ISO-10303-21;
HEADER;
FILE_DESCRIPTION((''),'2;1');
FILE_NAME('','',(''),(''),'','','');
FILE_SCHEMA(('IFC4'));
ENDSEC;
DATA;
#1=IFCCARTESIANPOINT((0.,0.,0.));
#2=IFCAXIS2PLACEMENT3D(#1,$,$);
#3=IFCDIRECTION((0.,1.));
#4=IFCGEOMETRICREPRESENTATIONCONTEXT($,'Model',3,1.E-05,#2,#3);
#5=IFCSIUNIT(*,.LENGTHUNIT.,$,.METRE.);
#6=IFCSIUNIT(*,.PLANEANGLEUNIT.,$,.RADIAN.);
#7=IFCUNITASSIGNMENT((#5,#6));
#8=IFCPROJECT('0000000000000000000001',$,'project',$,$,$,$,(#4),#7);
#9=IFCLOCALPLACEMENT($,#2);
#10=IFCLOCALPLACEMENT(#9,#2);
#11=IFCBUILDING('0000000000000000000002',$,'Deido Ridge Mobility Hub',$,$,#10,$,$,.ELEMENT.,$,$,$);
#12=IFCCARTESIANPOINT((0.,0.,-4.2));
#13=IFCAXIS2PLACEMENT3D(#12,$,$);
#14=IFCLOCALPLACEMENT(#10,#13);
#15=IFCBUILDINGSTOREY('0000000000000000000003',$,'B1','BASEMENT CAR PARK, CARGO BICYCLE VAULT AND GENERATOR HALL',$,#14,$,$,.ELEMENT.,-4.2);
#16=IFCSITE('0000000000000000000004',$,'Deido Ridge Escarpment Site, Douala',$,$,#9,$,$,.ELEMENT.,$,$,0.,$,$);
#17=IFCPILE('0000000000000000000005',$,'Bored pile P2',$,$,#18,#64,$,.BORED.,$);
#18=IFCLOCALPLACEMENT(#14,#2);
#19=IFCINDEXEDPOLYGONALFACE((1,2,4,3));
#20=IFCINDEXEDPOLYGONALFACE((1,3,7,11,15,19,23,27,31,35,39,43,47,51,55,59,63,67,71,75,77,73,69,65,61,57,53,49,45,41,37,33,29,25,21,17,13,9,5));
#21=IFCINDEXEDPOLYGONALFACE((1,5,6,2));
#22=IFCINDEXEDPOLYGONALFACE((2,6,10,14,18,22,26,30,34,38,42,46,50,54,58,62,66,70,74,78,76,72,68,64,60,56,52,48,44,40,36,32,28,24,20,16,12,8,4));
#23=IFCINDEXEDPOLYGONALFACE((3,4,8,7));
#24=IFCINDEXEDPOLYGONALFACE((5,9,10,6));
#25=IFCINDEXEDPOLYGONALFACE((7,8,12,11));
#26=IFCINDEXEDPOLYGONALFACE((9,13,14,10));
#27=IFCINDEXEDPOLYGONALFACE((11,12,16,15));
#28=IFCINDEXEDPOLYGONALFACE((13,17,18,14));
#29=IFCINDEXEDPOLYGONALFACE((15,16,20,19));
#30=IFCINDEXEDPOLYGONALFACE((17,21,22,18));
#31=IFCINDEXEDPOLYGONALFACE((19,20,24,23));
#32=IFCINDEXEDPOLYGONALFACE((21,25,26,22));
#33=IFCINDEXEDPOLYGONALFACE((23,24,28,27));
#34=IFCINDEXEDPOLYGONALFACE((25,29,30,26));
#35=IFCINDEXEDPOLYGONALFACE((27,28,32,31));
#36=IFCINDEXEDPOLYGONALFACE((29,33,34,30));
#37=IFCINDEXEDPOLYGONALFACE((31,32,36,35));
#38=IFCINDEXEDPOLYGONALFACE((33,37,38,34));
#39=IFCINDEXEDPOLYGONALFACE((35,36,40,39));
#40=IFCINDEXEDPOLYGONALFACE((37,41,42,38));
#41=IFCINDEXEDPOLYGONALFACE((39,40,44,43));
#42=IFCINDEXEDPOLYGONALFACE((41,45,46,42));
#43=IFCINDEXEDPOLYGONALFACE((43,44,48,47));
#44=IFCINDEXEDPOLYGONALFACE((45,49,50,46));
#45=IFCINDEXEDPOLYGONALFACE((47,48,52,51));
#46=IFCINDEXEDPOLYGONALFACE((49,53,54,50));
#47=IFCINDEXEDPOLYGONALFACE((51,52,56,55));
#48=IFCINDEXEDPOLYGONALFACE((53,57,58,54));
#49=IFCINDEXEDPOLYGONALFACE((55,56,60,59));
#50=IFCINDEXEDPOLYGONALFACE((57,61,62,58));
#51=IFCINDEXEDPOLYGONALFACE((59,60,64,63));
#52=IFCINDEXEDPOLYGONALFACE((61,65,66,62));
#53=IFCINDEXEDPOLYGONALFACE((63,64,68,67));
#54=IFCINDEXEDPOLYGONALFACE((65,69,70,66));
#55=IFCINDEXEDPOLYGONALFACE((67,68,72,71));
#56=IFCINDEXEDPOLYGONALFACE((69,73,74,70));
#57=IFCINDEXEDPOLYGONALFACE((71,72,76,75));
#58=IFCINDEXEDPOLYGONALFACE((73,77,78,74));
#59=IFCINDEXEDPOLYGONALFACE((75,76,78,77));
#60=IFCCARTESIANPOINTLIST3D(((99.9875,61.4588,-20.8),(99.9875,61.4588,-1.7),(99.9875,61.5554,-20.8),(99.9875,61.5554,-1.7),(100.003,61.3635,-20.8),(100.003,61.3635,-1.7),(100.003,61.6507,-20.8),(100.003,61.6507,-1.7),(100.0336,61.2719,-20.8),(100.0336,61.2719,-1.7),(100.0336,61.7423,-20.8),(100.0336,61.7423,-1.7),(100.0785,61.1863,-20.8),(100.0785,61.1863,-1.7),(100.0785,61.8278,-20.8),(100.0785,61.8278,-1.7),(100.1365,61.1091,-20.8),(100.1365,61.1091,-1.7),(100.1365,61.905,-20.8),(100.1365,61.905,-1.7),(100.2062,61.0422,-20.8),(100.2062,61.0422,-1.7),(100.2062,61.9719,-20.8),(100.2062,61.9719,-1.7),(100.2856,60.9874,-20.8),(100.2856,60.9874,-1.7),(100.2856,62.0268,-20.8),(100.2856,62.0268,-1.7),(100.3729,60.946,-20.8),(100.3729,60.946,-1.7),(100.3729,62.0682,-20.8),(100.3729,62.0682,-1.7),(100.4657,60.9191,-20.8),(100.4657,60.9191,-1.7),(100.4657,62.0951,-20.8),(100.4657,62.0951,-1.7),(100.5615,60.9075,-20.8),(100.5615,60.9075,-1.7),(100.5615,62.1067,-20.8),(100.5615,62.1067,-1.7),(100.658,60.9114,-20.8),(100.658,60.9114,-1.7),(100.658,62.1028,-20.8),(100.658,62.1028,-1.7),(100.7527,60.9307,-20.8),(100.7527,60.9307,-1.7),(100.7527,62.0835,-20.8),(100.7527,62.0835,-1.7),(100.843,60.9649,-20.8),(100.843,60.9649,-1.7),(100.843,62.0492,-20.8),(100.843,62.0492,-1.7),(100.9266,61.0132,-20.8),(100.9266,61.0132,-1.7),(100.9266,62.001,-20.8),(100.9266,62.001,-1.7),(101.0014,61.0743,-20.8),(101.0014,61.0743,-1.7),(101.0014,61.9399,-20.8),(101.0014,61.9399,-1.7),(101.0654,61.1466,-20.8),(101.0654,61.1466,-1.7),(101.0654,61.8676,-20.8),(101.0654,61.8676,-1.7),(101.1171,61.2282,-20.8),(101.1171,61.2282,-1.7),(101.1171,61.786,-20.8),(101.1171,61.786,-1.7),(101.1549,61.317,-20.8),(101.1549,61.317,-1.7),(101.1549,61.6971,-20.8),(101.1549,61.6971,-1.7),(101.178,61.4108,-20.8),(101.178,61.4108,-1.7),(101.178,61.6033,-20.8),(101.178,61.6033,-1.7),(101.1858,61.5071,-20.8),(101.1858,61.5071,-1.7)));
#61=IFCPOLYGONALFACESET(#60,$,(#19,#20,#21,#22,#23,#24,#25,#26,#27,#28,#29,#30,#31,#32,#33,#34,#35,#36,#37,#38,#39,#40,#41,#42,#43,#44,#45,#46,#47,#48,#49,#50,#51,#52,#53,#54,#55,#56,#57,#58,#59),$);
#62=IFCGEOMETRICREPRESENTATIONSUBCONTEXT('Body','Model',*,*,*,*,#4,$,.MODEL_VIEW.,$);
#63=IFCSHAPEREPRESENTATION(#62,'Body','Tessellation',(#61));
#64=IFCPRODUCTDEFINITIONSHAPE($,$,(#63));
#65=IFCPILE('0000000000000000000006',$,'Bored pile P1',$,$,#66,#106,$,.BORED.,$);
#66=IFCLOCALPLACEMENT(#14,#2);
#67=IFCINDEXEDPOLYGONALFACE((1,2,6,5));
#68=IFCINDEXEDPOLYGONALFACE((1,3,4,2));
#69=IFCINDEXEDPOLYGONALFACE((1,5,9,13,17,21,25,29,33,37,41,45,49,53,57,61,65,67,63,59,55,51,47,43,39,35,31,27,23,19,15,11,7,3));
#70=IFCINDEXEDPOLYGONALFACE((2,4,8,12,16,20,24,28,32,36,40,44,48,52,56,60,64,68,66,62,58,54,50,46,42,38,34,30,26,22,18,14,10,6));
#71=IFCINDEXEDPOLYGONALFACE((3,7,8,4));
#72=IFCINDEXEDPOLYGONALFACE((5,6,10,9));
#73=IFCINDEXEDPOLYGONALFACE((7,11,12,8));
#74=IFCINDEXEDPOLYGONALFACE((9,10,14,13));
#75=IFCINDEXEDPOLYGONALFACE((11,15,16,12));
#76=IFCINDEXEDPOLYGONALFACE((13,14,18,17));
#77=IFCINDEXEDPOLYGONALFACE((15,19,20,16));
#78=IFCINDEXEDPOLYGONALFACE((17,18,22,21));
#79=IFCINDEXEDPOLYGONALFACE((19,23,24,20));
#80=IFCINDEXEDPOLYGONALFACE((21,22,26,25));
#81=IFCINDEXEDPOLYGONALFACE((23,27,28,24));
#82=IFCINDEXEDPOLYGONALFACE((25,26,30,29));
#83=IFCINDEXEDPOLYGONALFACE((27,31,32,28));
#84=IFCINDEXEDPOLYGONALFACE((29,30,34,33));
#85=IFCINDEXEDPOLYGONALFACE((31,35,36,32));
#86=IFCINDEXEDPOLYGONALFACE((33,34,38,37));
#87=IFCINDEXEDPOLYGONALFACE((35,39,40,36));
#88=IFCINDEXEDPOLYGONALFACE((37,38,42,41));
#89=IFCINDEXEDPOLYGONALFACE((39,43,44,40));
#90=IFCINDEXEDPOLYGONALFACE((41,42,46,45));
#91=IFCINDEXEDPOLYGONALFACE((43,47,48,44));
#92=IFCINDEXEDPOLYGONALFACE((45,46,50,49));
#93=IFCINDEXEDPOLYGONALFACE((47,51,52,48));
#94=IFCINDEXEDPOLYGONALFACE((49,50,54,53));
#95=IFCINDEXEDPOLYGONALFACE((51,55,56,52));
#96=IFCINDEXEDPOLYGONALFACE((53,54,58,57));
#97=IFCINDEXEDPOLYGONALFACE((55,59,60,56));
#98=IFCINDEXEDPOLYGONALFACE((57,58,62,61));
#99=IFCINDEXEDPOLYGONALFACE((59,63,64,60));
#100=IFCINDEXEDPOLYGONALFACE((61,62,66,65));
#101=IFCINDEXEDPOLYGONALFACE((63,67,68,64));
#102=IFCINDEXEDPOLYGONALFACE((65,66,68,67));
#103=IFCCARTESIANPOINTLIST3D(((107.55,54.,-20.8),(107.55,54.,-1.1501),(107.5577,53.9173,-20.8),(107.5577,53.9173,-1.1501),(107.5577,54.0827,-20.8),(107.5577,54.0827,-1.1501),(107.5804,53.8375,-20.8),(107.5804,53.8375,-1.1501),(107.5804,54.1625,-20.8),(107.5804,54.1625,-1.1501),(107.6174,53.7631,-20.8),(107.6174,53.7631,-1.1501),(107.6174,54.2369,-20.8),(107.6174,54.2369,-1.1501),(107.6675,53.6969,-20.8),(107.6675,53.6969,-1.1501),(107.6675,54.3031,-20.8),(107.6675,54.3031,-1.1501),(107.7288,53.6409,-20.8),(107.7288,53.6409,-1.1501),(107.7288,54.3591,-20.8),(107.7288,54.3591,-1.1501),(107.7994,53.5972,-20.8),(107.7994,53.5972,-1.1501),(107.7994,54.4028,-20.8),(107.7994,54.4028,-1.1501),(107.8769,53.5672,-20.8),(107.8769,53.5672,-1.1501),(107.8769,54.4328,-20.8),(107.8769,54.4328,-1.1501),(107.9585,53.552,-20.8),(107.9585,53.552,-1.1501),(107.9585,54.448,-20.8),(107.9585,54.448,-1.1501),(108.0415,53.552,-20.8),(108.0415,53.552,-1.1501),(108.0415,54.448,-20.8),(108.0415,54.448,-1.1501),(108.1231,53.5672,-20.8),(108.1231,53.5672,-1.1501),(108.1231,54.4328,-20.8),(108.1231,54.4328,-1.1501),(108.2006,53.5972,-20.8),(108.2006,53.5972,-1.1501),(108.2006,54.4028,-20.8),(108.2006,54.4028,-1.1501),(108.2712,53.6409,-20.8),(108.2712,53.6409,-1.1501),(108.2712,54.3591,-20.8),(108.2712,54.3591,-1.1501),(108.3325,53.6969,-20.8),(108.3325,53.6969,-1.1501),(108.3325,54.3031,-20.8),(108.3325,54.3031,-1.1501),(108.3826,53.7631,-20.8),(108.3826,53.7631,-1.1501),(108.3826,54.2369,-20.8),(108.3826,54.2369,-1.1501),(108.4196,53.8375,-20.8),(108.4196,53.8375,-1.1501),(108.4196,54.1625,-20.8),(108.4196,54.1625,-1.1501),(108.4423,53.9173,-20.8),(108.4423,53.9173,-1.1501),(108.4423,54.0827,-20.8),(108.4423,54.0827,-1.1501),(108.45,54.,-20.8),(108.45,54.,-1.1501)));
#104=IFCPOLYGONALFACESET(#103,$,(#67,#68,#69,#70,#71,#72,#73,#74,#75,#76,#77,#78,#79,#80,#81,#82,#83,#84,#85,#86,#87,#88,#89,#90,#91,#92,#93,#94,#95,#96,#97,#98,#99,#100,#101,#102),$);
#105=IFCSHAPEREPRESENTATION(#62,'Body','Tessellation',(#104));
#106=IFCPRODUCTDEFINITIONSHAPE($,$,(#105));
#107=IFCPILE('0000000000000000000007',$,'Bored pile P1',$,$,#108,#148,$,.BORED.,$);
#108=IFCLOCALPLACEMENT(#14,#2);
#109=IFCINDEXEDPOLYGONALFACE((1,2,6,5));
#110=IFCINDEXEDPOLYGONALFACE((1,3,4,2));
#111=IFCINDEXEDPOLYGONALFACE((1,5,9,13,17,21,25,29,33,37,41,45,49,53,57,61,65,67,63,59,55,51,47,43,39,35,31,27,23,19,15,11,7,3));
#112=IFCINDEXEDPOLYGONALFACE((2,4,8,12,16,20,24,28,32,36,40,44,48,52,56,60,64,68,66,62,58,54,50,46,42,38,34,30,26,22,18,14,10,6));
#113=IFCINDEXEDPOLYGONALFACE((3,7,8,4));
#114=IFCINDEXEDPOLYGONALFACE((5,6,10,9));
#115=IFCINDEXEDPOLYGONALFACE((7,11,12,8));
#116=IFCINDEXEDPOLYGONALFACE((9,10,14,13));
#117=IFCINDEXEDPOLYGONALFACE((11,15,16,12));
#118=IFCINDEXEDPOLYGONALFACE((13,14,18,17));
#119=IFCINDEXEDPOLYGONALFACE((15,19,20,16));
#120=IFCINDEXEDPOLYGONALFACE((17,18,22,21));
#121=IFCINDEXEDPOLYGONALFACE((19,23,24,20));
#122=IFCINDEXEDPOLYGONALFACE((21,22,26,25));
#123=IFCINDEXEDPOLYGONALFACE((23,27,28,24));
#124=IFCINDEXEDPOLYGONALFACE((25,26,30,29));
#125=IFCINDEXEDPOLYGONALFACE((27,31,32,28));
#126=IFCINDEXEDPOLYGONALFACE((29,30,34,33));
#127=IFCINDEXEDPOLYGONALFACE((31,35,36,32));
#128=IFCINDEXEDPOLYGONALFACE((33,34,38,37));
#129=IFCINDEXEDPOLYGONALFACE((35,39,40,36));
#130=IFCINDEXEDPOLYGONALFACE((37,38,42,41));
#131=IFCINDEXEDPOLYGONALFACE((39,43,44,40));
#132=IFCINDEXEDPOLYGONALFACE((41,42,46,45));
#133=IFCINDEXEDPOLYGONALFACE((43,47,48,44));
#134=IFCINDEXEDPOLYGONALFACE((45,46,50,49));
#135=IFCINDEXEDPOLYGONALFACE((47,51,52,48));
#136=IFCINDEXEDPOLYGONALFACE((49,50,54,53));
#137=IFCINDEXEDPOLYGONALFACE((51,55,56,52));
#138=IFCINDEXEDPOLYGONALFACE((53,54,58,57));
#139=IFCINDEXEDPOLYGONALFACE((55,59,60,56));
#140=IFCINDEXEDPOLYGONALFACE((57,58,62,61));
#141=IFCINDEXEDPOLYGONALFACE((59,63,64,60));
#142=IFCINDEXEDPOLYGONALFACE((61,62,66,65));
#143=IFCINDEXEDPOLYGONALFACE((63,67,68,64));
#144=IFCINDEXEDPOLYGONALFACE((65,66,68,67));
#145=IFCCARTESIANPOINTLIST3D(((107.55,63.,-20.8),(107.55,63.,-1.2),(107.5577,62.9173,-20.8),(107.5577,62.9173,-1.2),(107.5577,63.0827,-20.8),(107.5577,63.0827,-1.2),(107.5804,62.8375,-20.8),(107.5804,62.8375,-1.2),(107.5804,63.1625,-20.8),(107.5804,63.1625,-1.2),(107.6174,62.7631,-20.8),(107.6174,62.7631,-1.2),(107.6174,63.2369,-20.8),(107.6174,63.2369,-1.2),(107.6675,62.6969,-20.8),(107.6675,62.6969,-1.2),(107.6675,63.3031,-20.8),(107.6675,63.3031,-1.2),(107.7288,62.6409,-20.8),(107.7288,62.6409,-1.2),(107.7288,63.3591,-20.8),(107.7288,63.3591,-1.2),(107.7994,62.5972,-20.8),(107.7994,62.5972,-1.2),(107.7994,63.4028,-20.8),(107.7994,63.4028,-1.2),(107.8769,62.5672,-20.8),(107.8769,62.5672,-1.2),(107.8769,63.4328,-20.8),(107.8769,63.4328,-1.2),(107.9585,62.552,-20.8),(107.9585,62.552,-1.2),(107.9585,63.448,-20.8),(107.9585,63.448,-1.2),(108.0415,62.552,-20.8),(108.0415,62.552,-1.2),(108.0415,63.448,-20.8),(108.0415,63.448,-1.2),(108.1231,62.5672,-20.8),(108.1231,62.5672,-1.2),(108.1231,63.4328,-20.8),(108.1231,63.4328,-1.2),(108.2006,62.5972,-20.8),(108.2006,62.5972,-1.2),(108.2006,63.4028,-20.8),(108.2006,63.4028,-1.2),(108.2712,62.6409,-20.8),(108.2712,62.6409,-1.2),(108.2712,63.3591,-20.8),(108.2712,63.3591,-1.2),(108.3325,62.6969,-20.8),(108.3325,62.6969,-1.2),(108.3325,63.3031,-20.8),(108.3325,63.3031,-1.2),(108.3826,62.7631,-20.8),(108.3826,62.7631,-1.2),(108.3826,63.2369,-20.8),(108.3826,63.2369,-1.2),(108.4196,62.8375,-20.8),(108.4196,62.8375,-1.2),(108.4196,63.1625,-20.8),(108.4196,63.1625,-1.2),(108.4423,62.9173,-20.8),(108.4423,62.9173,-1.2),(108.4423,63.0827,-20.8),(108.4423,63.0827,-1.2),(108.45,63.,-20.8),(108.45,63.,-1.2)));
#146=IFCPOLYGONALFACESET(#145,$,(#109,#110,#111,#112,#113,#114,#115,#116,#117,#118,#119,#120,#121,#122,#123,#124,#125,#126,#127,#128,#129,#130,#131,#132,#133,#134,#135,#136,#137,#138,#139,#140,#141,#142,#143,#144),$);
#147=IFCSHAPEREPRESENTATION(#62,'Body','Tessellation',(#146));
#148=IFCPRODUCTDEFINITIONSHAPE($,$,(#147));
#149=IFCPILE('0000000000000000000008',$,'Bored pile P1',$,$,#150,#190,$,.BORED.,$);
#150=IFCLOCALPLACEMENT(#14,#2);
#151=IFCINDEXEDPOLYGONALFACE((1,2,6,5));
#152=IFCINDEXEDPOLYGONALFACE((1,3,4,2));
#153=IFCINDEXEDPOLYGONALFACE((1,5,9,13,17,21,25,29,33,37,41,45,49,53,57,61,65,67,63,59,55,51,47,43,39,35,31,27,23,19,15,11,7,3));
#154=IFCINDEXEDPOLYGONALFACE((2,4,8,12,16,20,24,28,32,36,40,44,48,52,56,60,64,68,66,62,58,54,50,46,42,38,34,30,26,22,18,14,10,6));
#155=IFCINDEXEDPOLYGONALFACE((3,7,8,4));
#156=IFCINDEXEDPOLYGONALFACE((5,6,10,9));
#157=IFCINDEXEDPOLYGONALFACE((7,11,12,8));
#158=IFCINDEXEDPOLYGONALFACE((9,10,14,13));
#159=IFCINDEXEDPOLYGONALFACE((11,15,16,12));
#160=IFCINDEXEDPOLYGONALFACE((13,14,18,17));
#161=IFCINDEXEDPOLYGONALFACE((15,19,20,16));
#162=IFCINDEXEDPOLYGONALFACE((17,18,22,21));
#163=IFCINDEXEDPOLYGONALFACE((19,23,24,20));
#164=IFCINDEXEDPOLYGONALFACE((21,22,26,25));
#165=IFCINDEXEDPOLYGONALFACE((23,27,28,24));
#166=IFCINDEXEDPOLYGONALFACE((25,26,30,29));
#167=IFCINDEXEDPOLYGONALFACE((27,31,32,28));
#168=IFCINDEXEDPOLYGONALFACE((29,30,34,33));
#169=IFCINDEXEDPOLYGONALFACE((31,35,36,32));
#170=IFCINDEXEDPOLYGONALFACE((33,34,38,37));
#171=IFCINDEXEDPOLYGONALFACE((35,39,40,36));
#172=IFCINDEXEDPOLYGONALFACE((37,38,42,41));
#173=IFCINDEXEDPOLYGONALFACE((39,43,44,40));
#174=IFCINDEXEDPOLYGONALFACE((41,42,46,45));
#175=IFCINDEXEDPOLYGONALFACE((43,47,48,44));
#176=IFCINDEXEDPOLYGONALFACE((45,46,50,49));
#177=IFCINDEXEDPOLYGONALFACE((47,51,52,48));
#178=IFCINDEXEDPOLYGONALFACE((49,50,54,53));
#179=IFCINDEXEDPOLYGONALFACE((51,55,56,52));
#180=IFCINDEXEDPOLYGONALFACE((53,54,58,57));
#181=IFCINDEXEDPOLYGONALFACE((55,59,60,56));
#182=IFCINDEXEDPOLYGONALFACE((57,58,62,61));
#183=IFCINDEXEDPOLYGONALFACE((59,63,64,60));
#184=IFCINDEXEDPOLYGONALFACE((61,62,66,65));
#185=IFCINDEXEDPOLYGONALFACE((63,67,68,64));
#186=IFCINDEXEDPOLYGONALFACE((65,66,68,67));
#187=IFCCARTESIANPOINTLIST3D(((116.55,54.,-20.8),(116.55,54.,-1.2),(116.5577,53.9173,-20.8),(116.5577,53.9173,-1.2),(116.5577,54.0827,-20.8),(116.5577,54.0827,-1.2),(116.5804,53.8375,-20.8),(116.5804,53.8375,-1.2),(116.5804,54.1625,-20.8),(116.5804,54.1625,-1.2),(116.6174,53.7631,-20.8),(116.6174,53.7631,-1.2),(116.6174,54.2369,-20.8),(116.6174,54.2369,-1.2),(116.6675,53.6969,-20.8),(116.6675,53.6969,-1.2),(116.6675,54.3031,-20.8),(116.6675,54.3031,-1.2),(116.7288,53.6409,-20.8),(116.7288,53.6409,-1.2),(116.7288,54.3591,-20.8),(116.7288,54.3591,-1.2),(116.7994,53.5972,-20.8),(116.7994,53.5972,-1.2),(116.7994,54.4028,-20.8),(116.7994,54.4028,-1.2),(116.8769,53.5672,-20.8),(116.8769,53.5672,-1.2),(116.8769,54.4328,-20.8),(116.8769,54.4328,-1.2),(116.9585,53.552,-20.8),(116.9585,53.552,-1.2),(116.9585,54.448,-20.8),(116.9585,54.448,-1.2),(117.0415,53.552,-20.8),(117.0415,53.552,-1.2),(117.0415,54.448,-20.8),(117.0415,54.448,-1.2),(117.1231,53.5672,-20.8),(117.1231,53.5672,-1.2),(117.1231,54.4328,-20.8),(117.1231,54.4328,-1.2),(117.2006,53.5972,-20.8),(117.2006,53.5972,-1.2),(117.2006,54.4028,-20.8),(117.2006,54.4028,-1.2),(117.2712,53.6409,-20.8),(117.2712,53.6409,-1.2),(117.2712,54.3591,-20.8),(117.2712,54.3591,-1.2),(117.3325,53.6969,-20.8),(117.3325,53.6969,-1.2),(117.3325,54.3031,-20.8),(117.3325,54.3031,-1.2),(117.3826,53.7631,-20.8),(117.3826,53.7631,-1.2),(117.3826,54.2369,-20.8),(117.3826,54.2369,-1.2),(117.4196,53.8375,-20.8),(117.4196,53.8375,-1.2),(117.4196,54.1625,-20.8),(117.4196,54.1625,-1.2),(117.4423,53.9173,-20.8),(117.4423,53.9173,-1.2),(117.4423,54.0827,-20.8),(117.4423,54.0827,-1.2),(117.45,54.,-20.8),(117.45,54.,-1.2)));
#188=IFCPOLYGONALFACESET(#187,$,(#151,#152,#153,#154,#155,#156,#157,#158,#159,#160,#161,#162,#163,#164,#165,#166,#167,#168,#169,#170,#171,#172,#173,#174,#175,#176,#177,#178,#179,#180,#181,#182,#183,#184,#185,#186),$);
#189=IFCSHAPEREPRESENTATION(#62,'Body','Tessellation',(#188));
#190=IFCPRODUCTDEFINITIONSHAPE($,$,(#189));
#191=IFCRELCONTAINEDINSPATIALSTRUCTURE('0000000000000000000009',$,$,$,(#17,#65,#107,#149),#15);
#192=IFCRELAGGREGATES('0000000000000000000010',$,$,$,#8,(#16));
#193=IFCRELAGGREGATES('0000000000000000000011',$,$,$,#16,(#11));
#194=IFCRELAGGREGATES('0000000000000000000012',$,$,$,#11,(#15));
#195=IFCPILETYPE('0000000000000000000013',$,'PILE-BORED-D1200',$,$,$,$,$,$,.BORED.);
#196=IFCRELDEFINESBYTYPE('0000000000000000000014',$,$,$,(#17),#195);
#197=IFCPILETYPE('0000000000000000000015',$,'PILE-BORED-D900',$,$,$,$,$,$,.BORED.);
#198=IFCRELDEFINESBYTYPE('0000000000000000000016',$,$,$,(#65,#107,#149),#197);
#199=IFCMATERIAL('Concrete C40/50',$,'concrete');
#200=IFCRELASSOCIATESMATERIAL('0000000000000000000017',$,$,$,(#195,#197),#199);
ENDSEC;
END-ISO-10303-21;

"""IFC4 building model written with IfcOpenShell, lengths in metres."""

from ifc_helpers import new_model, si_unit, direction, frame, origin, origin_2d, place, context, subcontext, project, spatial, circle, extrude, material, material_profile, profile_set, type_object, element, save


model = new_model("IFC4")

# Units and contexts
model_context = context("Model", 3, precision=1e-05, world=origin(), true_north=direction((0.0, 1.0)))
body_context = subcontext(model_context, "Body", "Model", "MODEL_VIEW")
ifc_project = project(units=[si_unit("LENGTHUNIT", "METRE"), si_unit("PLANEANGLEUNIT", "RADIAN")], contexts=[model_context])

# Site, building, storey
site_placement = place(None, origin())
site = spatial("IfcSite", under=ifc_project, at=site_placement, Name="Deido Ridge Escarpment Site, Douala", CompositionType="ELEMENT", RefElevation=0.0)
building_placement = place(site_placement, origin())
building = spatial("IfcBuilding", under=site, at=building_placement, Name="Deido Ridge Mobility Hub", CompositionType="ELEMENT")
storey_placement = place(building_placement, frame((0.0, 0.0, -4.2)))
storey = spatial("IfcBuildingStorey", under=building, at=storey_placement, Name="B1", Description="BASEMENT CAR PARK, CARGO BICYCLE VAULT AND GENERATOR HALL", CompositionType="ELEMENT", Elevation=-4.2)

# Shared definitions
ifc_material_1 = material(Name="Concrete C40/50", Category="concrete")

# Piles
ifc_material_profile_1 = material_profile(ifc_material_1, circle(Radius=0.6001, at=origin_2d()), Name="BORED PILE D1200")
ifc_profile_set_1 = profile_set([ifc_material_profile_1], Name="Concrete C40/50")
pile_type_1 = type_object("IfcPileType", Name="PILE-BORED-D1200", PredefinedType="BORED", material=ifc_profile_set_1)
pile_1_placement = place(storey_placement, frame((100.5857, 61.5071, -1.7), z_axis=(0.0, 0.0, -1.0), x_axis=(1.0, 0.0, 0.0)))
element("IfcPile", 1, at=pile_1_placement, inside=storey, type_object=pile_type_1, Name="Bored pile P2", PredefinedType="BORED", context=body_context, shape_type="SweptSolid", body=[
    extrude(circle(Radius=0.6001, at=origin_2d()), origin(), (0.0, 0.0, 1.0), 19.1001),
])
ifc_material_profile_2 = material_profile(ifc_material_1, circle(Radius=0.45, at=origin_2d()), Name="BORED PILE D900")
ifc_profile_set_2 = profile_set([ifc_material_profile_2], Name="Concrete C40/50")
pile_type_2 = type_object("IfcPileType", Name="PILE-BORED-D900", PredefinedType="BORED", material=ifc_profile_set_2)
pile_2_placement = place(storey_placement, frame((108.0, 54.0, -1.1501), z_axis=(0.0, 0.0, -1.0), x_axis=(1.0, 0.0, 0.0)))
element("IfcPile", 2, at=pile_2_placement, inside=storey, type_object=pile_type_2, Name="Bored pile P1", PredefinedType="BORED", context=body_context, shape_type="SweptSolid", body=[
    extrude(circle(Radius=0.45, at=origin_2d()), origin(), (0.0, 0.0, 1.0), 19.6499),
])
for number, where, z_axis, x_axis, name in (
    (3, (108.0, 63.0, -1.2), (0.0, 0.0, -1.0), (1.0, 0.0, 0.0), "Bored pile P1"),
    (4, (117.0, 54.0, -1.2), (0.0, 0.0, -1.0), (1.0, 0.0, 0.0), "Bored pile P1"),
):
    element("IfcPile", number, at=place(storey_placement, frame(where, z_axis=z_axis, x_axis=x_axis)), inside=storey, type_object=pile_type_2, Name=name, PredefinedType="BORED", context=body_context, shape_type="SweptSolid", body=[
        extrude(circle(Radius=0.45, at=origin_2d()), origin(), (0.0, 0.0, 1.0), 19.6001),
    ])

save(model, "model.ifc")
